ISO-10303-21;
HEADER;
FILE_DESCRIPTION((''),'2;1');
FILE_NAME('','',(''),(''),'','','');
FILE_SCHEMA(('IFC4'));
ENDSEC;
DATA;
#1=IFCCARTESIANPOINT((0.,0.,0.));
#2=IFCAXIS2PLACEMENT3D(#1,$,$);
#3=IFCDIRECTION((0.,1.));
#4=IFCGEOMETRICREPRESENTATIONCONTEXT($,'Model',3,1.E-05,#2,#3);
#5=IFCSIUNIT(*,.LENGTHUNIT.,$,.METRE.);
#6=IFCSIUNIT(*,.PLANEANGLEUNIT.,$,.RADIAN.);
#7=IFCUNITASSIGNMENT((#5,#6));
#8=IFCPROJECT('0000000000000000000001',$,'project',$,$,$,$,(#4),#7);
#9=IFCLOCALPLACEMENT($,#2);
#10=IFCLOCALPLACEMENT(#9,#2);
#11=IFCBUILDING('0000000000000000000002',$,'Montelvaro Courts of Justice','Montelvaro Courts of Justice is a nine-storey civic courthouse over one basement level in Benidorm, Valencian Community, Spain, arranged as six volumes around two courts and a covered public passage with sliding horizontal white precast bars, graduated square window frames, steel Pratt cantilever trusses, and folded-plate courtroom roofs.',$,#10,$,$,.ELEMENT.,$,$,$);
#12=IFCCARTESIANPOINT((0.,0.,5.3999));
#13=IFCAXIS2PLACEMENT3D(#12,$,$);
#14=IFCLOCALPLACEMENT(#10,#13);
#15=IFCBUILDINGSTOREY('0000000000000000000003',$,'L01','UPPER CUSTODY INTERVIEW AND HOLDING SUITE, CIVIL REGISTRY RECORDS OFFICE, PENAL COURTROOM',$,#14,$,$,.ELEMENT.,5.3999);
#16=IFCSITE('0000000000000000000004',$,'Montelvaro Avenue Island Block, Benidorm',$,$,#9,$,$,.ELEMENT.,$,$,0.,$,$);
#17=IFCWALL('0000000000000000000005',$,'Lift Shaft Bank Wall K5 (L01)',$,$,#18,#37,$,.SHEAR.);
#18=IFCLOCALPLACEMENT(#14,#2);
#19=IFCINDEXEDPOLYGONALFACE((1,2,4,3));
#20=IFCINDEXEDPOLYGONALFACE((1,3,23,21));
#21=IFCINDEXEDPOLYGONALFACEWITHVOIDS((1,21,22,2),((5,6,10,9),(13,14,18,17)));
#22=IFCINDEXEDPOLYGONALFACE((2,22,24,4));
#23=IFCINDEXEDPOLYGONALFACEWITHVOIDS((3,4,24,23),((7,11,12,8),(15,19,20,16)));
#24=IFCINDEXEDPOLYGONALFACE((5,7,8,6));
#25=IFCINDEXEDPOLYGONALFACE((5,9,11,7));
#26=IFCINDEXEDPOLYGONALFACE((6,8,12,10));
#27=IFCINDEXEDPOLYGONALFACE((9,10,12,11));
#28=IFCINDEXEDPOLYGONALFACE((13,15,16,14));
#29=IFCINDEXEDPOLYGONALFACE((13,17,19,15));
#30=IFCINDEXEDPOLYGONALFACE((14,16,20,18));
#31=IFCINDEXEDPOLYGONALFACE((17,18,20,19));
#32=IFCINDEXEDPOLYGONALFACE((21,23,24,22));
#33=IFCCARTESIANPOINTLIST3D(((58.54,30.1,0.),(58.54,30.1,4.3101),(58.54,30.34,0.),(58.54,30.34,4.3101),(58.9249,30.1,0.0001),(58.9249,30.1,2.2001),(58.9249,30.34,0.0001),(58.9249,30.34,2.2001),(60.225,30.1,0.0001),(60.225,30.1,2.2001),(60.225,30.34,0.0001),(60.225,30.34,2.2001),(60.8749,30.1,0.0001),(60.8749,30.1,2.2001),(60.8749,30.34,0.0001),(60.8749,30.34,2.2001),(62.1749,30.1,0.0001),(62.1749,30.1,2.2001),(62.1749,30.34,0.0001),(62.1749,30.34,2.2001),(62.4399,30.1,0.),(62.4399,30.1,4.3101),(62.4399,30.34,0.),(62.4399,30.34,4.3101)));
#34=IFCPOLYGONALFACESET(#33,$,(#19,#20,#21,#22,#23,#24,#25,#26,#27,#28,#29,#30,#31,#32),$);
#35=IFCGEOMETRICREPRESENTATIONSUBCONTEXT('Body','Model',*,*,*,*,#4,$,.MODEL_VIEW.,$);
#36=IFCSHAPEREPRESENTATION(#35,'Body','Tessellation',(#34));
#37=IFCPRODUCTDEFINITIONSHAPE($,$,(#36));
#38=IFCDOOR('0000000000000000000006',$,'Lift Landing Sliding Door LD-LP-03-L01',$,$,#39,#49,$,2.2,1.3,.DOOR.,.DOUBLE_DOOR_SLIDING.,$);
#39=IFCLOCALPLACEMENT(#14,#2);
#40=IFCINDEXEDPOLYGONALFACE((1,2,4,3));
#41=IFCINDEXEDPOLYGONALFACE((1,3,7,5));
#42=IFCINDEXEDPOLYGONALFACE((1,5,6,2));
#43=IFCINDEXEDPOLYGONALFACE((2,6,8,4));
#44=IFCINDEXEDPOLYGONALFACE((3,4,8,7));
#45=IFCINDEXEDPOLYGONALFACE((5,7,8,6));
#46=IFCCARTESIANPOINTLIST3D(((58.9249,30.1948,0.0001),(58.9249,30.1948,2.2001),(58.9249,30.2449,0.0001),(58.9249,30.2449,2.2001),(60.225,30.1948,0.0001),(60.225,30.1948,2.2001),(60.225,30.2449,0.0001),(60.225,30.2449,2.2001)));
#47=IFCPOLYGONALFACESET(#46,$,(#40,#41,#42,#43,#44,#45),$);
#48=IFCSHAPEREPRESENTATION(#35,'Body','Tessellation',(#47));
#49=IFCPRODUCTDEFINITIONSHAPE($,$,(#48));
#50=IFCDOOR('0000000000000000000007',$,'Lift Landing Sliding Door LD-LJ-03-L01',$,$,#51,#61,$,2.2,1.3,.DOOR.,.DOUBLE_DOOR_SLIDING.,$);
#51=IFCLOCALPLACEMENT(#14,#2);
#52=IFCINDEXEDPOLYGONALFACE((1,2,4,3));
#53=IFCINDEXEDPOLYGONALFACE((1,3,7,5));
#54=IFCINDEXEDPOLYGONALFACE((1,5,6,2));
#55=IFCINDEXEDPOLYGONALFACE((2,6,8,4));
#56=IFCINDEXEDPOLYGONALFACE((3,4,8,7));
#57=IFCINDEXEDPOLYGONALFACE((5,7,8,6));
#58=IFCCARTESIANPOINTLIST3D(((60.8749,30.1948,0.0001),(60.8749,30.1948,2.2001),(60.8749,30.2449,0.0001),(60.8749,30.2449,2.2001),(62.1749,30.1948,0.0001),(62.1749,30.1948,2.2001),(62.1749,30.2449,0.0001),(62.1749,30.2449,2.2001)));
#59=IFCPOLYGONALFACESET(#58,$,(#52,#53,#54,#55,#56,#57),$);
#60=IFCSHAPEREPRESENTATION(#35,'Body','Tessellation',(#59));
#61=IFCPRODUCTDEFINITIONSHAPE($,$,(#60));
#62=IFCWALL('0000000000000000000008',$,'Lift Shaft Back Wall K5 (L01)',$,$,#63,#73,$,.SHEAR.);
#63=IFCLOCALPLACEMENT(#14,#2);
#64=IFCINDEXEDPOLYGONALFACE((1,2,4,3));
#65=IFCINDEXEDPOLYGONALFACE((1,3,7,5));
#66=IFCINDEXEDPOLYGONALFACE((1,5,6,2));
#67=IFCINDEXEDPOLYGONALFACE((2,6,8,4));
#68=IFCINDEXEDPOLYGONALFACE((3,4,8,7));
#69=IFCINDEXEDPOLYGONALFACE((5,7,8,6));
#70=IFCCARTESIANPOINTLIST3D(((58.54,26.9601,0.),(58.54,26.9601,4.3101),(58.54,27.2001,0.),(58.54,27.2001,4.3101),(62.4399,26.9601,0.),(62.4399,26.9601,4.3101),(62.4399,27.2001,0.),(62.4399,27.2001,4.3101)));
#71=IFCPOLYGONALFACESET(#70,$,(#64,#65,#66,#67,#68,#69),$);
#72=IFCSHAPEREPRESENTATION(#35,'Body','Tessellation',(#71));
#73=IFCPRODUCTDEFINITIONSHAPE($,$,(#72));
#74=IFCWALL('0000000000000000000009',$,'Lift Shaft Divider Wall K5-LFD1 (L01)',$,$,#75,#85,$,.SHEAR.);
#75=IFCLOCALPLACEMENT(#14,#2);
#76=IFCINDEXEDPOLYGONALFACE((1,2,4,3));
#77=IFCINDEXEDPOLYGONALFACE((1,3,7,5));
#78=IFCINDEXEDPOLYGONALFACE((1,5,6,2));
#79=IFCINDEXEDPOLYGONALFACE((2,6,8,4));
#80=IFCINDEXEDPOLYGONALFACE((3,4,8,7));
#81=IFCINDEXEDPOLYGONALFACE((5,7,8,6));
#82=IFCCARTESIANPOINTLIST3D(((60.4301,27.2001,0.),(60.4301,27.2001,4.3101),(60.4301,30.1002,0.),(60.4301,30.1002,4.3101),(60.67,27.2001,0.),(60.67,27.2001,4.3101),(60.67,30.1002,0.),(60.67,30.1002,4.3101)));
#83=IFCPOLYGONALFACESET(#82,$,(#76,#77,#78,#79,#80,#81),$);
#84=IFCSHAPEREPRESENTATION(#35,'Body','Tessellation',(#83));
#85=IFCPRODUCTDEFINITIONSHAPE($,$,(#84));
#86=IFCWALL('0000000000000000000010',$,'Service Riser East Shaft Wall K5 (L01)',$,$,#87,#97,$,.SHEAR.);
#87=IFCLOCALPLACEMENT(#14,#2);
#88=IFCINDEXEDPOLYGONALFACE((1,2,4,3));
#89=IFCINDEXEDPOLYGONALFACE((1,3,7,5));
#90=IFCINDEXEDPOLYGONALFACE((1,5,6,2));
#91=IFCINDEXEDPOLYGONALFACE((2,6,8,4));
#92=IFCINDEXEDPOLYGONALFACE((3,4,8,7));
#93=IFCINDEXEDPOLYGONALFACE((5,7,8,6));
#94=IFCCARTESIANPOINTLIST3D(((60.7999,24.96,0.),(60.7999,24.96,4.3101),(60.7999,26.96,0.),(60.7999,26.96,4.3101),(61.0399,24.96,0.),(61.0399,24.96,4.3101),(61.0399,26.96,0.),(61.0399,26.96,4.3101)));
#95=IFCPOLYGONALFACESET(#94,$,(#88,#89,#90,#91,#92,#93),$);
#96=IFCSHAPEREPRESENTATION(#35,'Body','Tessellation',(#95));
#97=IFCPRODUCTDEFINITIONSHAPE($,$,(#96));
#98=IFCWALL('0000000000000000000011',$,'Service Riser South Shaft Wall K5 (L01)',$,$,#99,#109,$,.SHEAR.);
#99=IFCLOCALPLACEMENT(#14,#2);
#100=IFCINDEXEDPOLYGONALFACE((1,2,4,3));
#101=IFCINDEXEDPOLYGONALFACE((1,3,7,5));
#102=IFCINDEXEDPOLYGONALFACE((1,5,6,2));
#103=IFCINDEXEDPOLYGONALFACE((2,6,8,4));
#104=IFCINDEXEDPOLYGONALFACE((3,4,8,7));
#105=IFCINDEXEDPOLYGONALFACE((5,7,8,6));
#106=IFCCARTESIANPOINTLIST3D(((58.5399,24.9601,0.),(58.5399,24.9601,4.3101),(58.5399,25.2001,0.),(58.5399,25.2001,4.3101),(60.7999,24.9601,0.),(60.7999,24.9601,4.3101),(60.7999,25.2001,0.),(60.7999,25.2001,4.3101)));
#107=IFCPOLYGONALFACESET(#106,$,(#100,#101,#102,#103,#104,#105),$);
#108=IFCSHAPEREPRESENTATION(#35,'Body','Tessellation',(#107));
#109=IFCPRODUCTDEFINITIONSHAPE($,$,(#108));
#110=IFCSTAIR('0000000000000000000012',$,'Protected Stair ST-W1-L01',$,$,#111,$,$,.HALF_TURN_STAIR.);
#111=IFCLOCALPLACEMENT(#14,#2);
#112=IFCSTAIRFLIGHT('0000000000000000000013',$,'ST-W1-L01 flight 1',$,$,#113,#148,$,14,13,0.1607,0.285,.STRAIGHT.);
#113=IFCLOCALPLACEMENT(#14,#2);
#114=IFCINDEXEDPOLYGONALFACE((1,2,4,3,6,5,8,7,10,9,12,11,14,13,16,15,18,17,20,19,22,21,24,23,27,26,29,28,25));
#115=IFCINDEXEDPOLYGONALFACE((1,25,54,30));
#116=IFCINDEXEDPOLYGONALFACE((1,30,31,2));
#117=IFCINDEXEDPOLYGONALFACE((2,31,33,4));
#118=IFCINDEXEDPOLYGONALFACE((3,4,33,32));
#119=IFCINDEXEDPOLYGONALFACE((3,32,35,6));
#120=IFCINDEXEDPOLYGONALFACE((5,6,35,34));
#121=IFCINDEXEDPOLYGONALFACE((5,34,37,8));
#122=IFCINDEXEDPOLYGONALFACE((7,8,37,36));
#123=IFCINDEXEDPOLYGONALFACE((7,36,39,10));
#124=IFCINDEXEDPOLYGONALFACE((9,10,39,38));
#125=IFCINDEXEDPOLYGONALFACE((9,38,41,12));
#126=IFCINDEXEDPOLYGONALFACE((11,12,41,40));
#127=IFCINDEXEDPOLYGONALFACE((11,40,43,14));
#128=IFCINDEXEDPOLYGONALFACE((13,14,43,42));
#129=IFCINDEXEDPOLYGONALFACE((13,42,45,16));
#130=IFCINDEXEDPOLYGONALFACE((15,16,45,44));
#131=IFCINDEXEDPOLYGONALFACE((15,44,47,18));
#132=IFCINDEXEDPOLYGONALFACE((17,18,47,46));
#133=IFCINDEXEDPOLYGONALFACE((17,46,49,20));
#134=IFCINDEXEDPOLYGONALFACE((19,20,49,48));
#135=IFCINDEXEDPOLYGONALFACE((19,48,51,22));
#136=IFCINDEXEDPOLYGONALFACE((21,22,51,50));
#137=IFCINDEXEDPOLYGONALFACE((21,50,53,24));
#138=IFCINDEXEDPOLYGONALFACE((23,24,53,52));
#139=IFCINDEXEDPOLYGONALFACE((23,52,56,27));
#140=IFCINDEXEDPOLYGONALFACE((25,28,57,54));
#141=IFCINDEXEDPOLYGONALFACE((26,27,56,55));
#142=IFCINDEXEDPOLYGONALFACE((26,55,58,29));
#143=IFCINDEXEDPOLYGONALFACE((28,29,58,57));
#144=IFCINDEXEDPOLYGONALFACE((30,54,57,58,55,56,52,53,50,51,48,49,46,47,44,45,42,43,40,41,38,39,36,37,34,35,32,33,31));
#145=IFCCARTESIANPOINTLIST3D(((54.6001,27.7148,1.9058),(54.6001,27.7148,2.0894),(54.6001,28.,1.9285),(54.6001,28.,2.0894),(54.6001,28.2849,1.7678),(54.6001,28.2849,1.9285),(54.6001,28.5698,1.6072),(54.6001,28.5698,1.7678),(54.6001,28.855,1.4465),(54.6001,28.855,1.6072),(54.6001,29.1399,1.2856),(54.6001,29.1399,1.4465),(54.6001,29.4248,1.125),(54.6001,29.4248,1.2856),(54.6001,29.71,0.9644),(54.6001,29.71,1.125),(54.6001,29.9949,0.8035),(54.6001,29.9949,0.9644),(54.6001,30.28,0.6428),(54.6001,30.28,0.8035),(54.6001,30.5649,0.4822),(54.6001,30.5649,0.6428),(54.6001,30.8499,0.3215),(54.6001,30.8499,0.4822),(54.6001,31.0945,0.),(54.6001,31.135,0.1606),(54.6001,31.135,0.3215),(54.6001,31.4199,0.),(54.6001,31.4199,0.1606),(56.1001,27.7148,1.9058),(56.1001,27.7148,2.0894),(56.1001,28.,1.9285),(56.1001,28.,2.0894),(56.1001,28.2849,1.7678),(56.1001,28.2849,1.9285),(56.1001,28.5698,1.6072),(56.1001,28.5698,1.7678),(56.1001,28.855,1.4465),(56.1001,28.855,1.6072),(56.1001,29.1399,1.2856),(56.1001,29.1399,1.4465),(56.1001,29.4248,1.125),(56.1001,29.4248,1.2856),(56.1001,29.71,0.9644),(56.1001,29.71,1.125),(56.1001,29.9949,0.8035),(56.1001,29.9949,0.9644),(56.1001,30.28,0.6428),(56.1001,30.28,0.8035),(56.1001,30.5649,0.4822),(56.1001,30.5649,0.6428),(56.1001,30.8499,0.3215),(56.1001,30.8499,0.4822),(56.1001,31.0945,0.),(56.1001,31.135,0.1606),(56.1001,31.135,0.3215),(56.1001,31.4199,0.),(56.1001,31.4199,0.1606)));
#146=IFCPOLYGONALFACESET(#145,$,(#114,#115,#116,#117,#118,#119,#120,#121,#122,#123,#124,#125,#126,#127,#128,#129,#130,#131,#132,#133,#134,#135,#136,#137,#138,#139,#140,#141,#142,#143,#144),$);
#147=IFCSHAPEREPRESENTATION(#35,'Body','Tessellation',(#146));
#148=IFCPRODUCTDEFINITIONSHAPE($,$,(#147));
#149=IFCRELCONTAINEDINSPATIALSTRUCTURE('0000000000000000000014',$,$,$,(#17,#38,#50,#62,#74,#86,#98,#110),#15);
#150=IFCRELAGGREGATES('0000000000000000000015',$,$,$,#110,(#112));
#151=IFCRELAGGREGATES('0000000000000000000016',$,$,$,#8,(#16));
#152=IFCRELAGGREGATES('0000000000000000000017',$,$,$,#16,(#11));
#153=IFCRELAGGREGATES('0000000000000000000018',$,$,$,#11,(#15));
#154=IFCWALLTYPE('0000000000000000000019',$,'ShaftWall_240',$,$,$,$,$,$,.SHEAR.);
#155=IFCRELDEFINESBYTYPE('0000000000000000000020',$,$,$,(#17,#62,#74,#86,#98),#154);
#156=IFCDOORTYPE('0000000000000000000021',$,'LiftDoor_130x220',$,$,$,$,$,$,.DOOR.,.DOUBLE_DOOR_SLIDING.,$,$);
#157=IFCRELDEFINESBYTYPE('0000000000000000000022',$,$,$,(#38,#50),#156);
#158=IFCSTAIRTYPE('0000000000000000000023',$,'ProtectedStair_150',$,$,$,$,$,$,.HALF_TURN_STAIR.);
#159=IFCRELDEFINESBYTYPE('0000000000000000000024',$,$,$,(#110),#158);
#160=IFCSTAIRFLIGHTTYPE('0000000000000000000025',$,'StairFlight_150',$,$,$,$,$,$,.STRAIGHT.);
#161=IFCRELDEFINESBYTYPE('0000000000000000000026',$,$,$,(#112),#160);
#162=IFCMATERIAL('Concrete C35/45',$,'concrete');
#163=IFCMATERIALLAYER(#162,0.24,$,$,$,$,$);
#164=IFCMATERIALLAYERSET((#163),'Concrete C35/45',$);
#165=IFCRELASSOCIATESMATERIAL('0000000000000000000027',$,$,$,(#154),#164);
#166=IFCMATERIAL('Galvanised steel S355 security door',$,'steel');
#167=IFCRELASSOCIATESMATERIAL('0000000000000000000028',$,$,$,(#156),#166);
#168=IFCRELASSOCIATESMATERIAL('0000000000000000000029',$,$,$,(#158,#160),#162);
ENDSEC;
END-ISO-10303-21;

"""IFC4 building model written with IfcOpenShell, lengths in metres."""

from ifc_helpers import new_model, si_unit, direction, frame, frame_2d, origin, place, context, subcontext, project, spatial, polyline, rectangle, outline, extrude, material, layer, layer_set, type_object, element, fill, aggregate, save


model = new_model("IFC4")

# Units and contexts
model_context = context("Model", 3, precision=1e-05, world=origin(), true_north=direction((0.0, 1.0)))
body_context = subcontext(model_context, "Body", "Model", "MODEL_VIEW")
ifc_project = project(units=[si_unit("LENGTHUNIT", "METRE"), si_unit("PLANEANGLEUNIT", "RADIAN")], contexts=[model_context])

# Site, building, storey
site_placement = place(None, origin())
site = spatial("IfcSite", under=ifc_project, at=site_placement, Name="Montelvaro Avenue Island Block, Benidorm", CompositionType="ELEMENT", RefElevation=0.0)
building_placement = place(site_placement, origin())
building = spatial("IfcBuilding", under=site, at=building_placement, Name="Montelvaro Courts of Justice", Description="Montelvaro Courts of Justice is a nine-storey civic courthouse over one basement level in Benidorm, Valencian Community, Spain, arranged as six volumes around two courts and a covered public passage with sliding horizontal white precast bars, graduated square window frames, steel Pratt cantilever trusses, and folded-plate courtroom roofs.", CompositionType="ELEMENT")
storey_placement = place(building_placement, frame((0.0, 0.0, 5.3999)))
storey = spatial("IfcBuildingStorey", under=building, at=storey_placement, Name="L01", Description="UPPER CUSTODY INTERVIEW AND HOLDING SUITE, CIVIL REGISTRY RECORDS OFFICE, PENAL COURTROOM", CompositionType="ELEMENT", Elevation=5.3999)

# Shared definitions
ifc_material_1 = material(Name="Concrete C35/45", Category="concrete")
ifc_layer_1 = layer(ifc_material_1, 0.24)
ifc_layer_set_1 = layer_set([ifc_layer_1], Name="Concrete C35/45")
wall_type_1 = type_object("IfcWallType", Name="ShaftWall_240", PredefinedType="SHEAR", material=ifc_layer_set_1)

# Shared definitions
ifc_material_2 = material(Name="Galvanised steel S355 security door", Category="steel")

# Wall, openings, doors
wall_1_placement = place(storey_placement, frame((58.54, 30.22, 0.0), z_axis=(0.0, 0.0, 1.0), x_axis=(1.0, 0.0, 0.0)))
wall_1 = element("IfcWall", 1, at=wall_1_placement, inside=storey, type_object=wall_type_1, Name="Lift Shaft Bank Wall K5 (L01)", PredefinedType="SHEAR", context=body_context, shape_type="SweptSolid", body=[
    extrude(rectangle(XDim=3.8999, YDim=0.24, at=frame_2d((1.95, 0.0))), origin(), (0.0, 0.0, 1.0), 4.3101),
])
opening_1_placement = place(wall_1_placement, frame((0.385, 0.0, 0.0)))
opening_1 = element("IfcOpeningElement", 2, at=opening_1_placement, cuts=wall_1, PredefinedType="OPENING", context=body_context, shape_type="SweptSolid", body=[
    extrude(rectangle(XDim=1.3, YDim=2.2, at=frame_2d((0.6499, 1.1001))), frame((0.0, 0.1348, 0.0), z_axis=(0.0, -1.0, 0.0), x_axis=(1.0, 0.0, 0.0)), (0.0, 0.0, 1.0), 0.2698),
])
opening_2_placement = place(wall_1_placement, frame((2.335, 0.0, 0.0)))
opening_2 = element("IfcOpeningElement", 3, at=opening_2_placement, cuts=wall_1, PredefinedType="OPENING", context=body_context, shape_type="SweptSolid", body=[
    extrude(rectangle(XDim=1.3, YDim=2.2, at=frame_2d((0.6499, 1.1001))), frame((0.0, 0.1348, 0.0), z_axis=(0.0, -1.0, 0.0), x_axis=(1.0, 0.0, 0.0)), (0.0, 0.0, 1.0), 0.2698),
])
door_type_1 = type_object("IfcDoorType", Name="LiftDoor_130x220", OperationType="DOUBLE_DOOR_SLIDING", PredefinedType="DOOR", material=ifc_material_2)
door_1_placement = place(opening_1_placement, origin())
door_1 = element("IfcDoor", 4, at=door_1_placement, inside=storey, type_object=door_type_1, Name="Lift Landing Sliding Door LD-LP-03-L01", OperationType="DOUBLE_DOOR_SLIDING", OverallHeight=2.2, OverallWidth=1.3, PredefinedType="DOOR", context=body_context, shape_type="SweptSolid", body=[
    extrude(rectangle(XDim=1.3, YDim=2.2, at=frame_2d((0.6499, 1.1001))), frame((0.0, 0.0249, 0.0), z_axis=(0.0, -1.0, 0.0), x_axis=(1.0, 0.0, 0.0)), (0.0, 0.0, 1.0), 0.05),
])
fill(opening_1, door_1)
door_2_placement = place(opening_2_placement, origin())
door_2 = element("IfcDoor", 5, at=door_2_placement, inside=storey, type_object=door_type_1, Name="Lift Landing Sliding Door LD-LJ-03-L01", OperationType="DOUBLE_DOOR_SLIDING", OverallHeight=2.2, OverallWidth=1.3, PredefinedType="DOOR", context=body_context, shape_type="SweptSolid", body=[
    extrude(rectangle(XDim=1.3, YDim=2.2, at=frame_2d((0.6499, 1.1001))), frame((0.0, 0.0249, 0.0), z_axis=(0.0, -1.0, 0.0), x_axis=(1.0, 0.0, 0.0)), (0.0, 0.0, 1.0), 0.05),
])
fill(opening_2, door_2)

# Walls
wall_2_placement = place(storey_placement, frame((58.54, 27.0801, 0.0), z_axis=(0.0, 0.0, 1.0), x_axis=(1.0, 0.0, 0.0)))
element("IfcWall", 6, at=wall_2_placement, inside=storey, type_object=wall_type_1, Name="Lift Shaft Back Wall K5 (L01)", PredefinedType="SHEAR", context=body_context, shape_type="SweptSolid", body=[
    extrude(rectangle(XDim=3.8999, YDim=0.24, at=frame_2d((1.95, 0.0))), origin(), (0.0, 0.0, 1.0), 4.3101),
])
wall_3_placement = place(storey_placement, frame((60.55, 27.2, 0.0), z_axis=(0.0, 0.0, 1.0), x_axis=(0.0, 1.0, 0.0)))
element("IfcWall", 7, at=wall_3_placement, inside=storey, type_object=wall_type_1, Name="Lift Shaft Divider Wall K5-LFD1 (L01)", PredefinedType="SHEAR", context=body_context, shape_type="SweptSolid", body=[
    extrude(rectangle(XDim=2.9001, YDim=0.24, at=frame_2d((1.4502, 0.0))), origin(), (0.0, 0.0, 1.0), 4.3101),
])
wall_4_placement = place(storey_placement, frame((60.9199, 24.96, 0.0), z_axis=(0.0, 0.0, 1.0), x_axis=(0.0, 1.0, 0.0)))
element("IfcWall", 8, at=wall_4_placement, inside=storey, type_object=wall_type_1, Name="Service Riser East Shaft Wall K5 (L01)", PredefinedType="SHEAR", context=body_context, shape_type="SweptSolid", body=[
    extrude(rectangle(XDim=2.0, YDim=0.24, at=frame_2d((1.0, 0.0))), origin(), (0.0, 0.0, 1.0), 4.3101),
])
wall_5_placement = place(storey_placement, frame((58.54, 25.0801, 0.0), z_axis=(0.0, 0.0, 1.0), x_axis=(1.0, 0.0, 0.0)))
element("IfcWall", 9, at=wall_5_placement, inside=storey, type_object=wall_type_1, Name="Service Riser South Shaft Wall K5 (L01)", PredefinedType="SHEAR", context=body_context, shape_type="SweptSolid", body=[
    extrude(rectangle(XDim=2.26, YDim=0.24, at=frame_2d((1.1299, 0.0))), origin(), (0.0, 0.0, 1.0), 4.3101),
])

# Stair, stair flight
stair_type = type_object("IfcStairType", Name="ProtectedStair_150", PredefinedType="HALF_TURN_STAIR", material=ifc_material_1)
stair_placement = place(storey_placement, origin())
stair = element("IfcStair", 10, at=stair_placement, inside=storey, type_object=stair_type, Name="Protected Stair ST-W1-L01", PredefinedType="HALF_TURN_STAIR")
stair_flight_type = type_object("IfcStairFlightType", Name="StairFlight_150", PredefinedType="STRAIGHT", material=ifc_material_1)
stair_flight_1_placement = place(storey_placement, frame((55.3501, 31.4199, 0.0), z_axis=(0.0, 0.0, 1.0), x_axis=(0.0, -1.0, 0.0)))
stair_flight_1 = element("IfcStairFlight", 11, at=stair_flight_1_placement, type_object=stair_flight_type, Name="ST-W1-L01 flight 1", NumberOfRisers=14, NumberOfTreads=13, PredefinedType="STRAIGHT", RiserHeight=0.1607, TreadLength=0.285, context=body_context, shape_type="SweptSolid", body=[
    extrude(outline(polyline([(0.0, 0.0), (0.0, 0.1606), (0.2849, 0.1606), (0.2849, 0.3215), (0.5701, 0.3215), (0.5701, 0.4822), (0.855, 0.4822), (0.855, 0.6428), (1.1399, 0.6428), (1.1399, 0.8035), (1.425, 0.8035), (1.425, 0.9644), (1.71, 0.9644), (1.71, 1.125), (1.9951, 1.125), (1.9951, 1.2856), (2.28, 1.2856), (2.28, 1.4465), (2.5649, 1.4465), (2.5649, 1.6072), (2.8501, 1.6072), (2.8501, 1.7678), (3.135, 1.7678), (3.135, 1.9285), (3.4199, 1.9285), (3.4199, 2.0894), (3.7051, 2.0894), (3.7051, 2.25), (3.7051, 1.9058), (0.3254, 0.0), (0.0, 0.0)])), frame((0.0, 0.75, 0.0), z_axis=(0.0, -1.0, 0.0), x_axis=(1.0, 0.0, 0.0)), (0.0, 0.0, 1.0), 1.5),
])
aggregate(stair, [stair_flight_1])

save(model, "model.ifc")
